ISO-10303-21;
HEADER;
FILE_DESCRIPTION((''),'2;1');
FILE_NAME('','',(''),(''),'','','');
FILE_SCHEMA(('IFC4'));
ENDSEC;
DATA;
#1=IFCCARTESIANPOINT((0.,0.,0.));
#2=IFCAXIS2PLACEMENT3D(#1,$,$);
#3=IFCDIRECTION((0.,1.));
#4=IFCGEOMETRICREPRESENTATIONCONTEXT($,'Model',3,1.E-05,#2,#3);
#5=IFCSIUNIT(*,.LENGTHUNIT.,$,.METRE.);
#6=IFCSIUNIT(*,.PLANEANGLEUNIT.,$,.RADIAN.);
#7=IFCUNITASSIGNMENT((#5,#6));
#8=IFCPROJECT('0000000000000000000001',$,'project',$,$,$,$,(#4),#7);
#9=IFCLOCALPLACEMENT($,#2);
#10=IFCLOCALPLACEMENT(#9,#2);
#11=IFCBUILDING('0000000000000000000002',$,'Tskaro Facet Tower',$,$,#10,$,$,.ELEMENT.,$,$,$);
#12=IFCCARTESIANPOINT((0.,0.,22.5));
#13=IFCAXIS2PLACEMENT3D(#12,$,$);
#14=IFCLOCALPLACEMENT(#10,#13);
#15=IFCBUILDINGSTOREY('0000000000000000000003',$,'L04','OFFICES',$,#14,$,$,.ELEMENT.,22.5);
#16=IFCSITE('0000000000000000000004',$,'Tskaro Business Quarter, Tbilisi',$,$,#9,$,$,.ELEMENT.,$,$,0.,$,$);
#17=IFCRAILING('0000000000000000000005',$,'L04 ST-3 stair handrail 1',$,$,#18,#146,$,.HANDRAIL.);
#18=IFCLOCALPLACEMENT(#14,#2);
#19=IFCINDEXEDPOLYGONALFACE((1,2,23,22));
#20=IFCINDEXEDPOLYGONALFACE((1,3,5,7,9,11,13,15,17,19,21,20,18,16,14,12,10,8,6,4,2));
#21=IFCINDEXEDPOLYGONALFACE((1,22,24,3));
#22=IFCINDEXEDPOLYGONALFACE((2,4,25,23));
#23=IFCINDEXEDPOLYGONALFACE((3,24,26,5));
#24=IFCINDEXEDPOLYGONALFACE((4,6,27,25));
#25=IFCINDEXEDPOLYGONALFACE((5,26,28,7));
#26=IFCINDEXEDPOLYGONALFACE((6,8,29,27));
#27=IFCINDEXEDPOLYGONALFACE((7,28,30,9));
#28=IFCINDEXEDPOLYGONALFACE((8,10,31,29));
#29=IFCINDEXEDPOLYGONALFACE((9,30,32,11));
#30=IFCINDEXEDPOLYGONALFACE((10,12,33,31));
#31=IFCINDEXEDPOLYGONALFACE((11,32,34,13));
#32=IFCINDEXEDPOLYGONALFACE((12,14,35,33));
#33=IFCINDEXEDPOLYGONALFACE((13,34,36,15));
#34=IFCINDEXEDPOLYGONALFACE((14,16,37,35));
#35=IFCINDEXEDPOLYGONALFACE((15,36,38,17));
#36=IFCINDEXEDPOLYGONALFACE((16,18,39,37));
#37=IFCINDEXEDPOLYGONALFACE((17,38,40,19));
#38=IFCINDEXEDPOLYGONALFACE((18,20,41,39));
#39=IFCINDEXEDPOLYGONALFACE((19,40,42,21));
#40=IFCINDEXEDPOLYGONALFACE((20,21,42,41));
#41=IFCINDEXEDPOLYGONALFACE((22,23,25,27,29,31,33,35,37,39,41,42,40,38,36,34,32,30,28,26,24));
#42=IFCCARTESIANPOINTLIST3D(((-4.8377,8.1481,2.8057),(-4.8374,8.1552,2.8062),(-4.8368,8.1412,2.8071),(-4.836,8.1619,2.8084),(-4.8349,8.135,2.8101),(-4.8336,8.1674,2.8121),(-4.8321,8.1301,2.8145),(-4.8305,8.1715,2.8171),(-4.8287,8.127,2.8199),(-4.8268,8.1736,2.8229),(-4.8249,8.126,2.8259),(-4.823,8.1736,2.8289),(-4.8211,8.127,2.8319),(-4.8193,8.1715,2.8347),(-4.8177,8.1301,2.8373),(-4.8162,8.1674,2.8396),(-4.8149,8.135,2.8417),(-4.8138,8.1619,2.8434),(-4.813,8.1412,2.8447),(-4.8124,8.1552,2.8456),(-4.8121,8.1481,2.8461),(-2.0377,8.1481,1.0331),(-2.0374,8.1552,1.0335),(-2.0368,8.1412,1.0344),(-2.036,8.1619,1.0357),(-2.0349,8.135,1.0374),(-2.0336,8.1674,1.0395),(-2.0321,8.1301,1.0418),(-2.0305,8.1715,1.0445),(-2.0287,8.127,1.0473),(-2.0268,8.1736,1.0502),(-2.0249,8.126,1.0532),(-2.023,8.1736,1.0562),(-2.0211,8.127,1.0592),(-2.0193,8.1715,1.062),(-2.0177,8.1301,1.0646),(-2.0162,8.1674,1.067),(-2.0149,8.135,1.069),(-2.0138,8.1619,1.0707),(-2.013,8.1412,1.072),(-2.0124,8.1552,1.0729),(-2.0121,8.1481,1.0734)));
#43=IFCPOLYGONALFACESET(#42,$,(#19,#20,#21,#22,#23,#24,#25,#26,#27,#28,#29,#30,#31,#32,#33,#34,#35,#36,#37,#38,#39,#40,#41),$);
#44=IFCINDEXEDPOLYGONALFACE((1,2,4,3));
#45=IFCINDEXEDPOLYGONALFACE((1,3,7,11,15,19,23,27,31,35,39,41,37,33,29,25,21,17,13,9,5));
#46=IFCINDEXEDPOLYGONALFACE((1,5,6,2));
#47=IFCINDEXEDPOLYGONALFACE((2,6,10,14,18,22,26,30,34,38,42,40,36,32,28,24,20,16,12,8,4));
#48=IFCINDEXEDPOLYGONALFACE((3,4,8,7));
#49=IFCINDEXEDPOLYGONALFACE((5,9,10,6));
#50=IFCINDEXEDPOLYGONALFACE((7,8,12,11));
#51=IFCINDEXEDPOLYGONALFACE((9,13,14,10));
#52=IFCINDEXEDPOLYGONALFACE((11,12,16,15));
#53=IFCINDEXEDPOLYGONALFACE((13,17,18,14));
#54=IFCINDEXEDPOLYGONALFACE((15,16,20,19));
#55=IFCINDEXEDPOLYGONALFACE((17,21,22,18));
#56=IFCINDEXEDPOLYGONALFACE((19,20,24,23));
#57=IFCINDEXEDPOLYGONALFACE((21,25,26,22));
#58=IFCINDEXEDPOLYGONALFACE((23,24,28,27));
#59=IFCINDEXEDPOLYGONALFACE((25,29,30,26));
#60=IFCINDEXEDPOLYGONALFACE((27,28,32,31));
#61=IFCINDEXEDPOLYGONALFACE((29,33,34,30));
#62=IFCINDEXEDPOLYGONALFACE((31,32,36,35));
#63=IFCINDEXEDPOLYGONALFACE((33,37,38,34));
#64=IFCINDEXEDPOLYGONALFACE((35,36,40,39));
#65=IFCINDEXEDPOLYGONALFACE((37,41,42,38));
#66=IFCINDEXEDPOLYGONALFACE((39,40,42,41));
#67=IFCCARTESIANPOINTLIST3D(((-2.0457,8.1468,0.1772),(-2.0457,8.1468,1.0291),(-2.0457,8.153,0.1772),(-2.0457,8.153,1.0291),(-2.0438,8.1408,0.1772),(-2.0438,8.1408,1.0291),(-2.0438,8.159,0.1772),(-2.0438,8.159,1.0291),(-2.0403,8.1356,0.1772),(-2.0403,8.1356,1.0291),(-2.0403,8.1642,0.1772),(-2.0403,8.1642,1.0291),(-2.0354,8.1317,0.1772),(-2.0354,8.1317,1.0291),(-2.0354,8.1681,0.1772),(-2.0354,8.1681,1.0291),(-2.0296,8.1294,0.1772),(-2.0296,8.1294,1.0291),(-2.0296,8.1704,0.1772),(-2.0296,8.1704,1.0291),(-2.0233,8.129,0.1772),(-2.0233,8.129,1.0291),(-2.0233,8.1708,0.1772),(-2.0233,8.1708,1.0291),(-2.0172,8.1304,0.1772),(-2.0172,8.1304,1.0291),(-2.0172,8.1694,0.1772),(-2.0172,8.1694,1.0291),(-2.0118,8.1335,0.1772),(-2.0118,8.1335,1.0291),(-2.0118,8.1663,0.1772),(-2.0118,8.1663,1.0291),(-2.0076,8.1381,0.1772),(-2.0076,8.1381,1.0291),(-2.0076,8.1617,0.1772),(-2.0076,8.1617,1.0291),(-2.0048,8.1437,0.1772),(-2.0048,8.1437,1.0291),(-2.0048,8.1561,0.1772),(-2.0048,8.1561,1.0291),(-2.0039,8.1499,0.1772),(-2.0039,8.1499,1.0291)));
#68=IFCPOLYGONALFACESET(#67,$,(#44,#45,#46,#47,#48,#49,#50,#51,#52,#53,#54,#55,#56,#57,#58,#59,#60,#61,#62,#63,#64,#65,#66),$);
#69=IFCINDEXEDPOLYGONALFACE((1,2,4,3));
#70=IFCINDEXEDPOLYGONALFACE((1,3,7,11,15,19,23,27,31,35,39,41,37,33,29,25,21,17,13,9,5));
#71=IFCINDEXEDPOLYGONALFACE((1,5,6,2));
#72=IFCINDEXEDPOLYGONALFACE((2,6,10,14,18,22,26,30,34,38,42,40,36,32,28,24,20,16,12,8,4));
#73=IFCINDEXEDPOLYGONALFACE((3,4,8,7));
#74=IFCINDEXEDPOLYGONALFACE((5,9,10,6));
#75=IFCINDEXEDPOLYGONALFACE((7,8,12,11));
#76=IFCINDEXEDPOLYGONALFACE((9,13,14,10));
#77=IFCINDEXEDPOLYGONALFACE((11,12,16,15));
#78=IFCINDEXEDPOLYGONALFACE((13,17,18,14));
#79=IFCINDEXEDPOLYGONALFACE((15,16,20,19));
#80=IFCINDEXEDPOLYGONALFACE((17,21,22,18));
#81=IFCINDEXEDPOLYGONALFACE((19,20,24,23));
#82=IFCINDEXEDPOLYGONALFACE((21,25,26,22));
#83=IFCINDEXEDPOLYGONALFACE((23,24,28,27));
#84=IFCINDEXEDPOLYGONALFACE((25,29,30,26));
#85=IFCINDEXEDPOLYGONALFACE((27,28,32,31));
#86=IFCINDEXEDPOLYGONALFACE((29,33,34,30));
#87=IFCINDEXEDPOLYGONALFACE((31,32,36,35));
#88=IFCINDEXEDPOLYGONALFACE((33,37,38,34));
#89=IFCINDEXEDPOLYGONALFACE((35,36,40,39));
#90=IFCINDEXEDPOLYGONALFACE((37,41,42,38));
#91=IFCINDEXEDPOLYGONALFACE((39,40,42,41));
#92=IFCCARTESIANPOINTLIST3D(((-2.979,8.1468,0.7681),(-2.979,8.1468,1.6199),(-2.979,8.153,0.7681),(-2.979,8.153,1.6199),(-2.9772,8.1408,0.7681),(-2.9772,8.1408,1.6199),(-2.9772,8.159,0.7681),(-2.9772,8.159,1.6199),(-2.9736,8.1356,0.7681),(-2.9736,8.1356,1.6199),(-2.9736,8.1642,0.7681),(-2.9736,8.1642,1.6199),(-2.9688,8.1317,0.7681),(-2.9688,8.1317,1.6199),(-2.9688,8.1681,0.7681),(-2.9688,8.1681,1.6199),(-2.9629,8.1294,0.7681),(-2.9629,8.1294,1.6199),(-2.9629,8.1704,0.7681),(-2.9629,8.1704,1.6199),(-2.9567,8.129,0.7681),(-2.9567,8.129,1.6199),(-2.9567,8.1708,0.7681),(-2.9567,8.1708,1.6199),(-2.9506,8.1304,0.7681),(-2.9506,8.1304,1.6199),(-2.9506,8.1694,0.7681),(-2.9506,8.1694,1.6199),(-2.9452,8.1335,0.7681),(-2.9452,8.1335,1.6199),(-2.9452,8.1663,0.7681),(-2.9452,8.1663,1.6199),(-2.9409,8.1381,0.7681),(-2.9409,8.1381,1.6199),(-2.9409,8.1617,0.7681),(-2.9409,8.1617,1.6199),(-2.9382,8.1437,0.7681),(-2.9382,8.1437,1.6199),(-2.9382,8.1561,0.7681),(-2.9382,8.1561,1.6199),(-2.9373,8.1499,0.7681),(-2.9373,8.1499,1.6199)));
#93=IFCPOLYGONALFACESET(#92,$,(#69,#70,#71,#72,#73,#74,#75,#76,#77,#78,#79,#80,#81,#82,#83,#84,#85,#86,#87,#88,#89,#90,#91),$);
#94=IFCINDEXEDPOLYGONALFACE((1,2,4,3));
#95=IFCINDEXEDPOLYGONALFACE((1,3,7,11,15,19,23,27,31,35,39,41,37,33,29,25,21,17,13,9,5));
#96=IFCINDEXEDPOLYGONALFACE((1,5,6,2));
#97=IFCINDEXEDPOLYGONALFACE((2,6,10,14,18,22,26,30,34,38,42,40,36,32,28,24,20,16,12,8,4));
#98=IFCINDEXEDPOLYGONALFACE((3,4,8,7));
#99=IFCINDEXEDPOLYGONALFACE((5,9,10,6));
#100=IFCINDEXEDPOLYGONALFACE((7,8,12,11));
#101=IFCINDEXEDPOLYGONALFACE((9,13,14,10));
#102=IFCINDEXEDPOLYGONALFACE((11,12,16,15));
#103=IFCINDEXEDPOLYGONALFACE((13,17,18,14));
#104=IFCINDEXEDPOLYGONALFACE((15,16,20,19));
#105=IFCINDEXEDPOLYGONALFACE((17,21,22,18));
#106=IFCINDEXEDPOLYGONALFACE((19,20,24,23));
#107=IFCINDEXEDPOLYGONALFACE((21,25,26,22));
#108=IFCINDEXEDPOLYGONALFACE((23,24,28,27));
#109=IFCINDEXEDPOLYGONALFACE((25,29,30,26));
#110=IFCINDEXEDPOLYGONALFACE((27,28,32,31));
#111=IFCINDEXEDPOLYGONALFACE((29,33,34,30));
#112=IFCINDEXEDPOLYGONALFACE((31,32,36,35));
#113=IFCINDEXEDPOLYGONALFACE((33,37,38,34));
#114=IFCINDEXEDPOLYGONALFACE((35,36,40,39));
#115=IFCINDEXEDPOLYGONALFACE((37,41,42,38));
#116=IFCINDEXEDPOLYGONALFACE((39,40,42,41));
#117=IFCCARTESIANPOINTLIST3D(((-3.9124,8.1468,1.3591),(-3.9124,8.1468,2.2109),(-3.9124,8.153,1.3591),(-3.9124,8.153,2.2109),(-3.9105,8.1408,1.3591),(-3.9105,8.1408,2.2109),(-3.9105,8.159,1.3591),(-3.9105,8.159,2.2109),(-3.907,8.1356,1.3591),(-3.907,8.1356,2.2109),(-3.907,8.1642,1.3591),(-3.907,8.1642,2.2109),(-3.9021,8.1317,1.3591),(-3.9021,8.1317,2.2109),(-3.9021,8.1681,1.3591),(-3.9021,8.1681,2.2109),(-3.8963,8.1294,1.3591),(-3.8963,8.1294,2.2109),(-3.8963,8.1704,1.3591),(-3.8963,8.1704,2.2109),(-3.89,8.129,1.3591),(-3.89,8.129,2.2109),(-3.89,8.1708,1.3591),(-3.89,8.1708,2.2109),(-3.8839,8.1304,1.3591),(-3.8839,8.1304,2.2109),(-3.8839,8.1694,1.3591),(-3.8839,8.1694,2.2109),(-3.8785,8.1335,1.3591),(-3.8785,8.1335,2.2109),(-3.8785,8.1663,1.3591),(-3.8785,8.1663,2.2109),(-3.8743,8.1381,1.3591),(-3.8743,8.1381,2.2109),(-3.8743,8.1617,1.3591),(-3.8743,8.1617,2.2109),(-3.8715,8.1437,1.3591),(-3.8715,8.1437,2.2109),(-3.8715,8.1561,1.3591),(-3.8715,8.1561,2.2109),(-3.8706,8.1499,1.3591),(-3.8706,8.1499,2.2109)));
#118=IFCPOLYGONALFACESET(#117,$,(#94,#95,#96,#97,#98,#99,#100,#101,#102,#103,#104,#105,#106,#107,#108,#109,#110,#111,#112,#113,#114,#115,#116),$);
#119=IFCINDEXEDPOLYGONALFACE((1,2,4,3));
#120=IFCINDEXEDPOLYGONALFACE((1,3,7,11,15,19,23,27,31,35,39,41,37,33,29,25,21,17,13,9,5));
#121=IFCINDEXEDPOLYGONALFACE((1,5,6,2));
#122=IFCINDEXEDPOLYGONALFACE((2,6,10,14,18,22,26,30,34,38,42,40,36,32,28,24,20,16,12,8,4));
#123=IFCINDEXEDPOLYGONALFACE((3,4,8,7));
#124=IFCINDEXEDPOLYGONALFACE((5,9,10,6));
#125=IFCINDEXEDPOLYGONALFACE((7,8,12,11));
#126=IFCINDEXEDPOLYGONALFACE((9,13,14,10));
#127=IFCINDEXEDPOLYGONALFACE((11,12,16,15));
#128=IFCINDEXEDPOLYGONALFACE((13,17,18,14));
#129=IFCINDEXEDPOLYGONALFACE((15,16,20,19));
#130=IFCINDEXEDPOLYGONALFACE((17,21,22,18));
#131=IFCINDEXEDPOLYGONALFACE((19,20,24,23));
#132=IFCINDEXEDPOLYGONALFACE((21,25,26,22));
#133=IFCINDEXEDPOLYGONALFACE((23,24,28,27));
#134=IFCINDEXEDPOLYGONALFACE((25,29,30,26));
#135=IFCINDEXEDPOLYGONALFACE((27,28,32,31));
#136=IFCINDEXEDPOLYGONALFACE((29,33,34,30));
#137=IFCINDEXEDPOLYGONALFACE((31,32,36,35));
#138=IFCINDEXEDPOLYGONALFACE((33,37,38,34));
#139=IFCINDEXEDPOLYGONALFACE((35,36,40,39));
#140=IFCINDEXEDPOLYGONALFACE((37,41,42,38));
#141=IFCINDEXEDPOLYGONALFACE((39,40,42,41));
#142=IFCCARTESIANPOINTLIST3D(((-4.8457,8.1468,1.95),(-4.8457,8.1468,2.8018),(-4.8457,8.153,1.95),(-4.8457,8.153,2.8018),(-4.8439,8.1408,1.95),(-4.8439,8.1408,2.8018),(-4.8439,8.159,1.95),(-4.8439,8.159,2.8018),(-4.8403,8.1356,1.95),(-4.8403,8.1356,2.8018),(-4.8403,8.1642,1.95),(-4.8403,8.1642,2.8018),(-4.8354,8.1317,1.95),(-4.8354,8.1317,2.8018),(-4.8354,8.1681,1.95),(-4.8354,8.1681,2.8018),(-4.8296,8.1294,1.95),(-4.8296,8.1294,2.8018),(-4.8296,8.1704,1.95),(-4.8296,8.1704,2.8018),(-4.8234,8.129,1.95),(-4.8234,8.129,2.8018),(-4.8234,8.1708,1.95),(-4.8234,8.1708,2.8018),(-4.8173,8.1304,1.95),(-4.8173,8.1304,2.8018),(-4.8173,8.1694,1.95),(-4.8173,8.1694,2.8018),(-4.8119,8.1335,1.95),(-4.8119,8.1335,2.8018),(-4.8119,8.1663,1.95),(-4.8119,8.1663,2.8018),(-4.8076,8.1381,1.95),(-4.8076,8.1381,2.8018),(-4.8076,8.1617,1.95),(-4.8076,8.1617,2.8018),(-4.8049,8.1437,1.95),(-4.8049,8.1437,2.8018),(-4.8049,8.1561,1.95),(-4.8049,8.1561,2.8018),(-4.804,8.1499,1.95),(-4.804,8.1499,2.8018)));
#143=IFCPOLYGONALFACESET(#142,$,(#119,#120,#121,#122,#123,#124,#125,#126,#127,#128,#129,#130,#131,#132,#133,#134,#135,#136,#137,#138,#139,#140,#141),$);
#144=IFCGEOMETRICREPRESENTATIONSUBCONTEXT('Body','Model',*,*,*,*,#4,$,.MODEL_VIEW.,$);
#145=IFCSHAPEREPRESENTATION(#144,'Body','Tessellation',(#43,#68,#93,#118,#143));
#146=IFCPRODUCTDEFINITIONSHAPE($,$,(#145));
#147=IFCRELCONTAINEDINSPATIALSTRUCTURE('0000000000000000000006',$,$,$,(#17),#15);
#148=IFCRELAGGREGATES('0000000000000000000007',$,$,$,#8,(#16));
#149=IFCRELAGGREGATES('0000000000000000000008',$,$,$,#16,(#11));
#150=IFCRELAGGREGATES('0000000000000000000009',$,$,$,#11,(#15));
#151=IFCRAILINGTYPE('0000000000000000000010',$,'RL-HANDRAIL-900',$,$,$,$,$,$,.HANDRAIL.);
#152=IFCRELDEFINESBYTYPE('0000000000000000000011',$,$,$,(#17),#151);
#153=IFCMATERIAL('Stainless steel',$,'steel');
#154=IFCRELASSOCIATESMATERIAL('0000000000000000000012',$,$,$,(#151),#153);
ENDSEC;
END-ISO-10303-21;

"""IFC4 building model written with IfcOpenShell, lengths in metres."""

from ifc_helpers import new_model, si_unit, direction, frame, origin, origin_2d, place, context, subcontext, project, spatial, circle, extrude, material, type_object, element, save


model = new_model("IFC4")

# Units and contexts
model_context = context("Model", 3, precision=1e-05, world=origin(), true_north=direction((0.0, 1.0)))
body_context = subcontext(model_context, "Body", "Model", "MODEL_VIEW")
ifc_project = project(units=[si_unit("LENGTHUNIT", "METRE"), si_unit("PLANEANGLEUNIT", "RADIAN")], contexts=[model_context])

# Site, building, storey
site_placement = place(None, origin())
site = spatial("IfcSite", under=ifc_project, at=site_placement, Name="Tskaro Business Quarter, Tbilisi", CompositionType="ELEMENT", RefElevation=0.0)
building_placement = place(site_placement, origin())
building = spatial("IfcBuilding", under=site, at=building_placement, Name="Tskaro Facet Tower", CompositionType="ELEMENT")
storey_placement = place(building_placement, frame((0.0, 0.0, 22.5)))
storey = spatial("IfcBuildingStorey", under=building, at=storey_placement, Name="L04", Description="OFFICES", CompositionType="ELEMENT", Elevation=22.5)

# Railing
ifc_material_1 = material(Name="Stainless steel", Category="steel")
railing_type_1 = type_object("IfcRailingType", Name="RL-HANDRAIL-900", PredefinedType="HANDRAIL", material=ifc_material_1)
railing_1_placement = place(storey_placement, frame((-2.0249, 8.1499, 0.1772)))
element("IfcRailing", 1, at=railing_1_placement, inside=storey, type_object=railing_type_1, Name="L04 ST-3 stair handrail 1", PredefinedType="HANDRAIL", context=body_context, shape_type="SweptSolid", body=[
    extrude(circle(Radius=0.0239, at=origin_2d()), frame((0.0, 0.0, 0.876), z_axis=(-0.844909, 0.0, 0.53491), x_axis=(0.0, -1.0, 0.0)), (0.0, 0.0, 1.0), 3.314),
    extrude(circle(Radius=0.021, at=origin_2d()), origin(), (0.0, 0.0, 1.0), 0.8518),
    extrude(circle(Radius=0.021, at=origin_2d()), frame((-0.9333, 0.0, 0.5908)), (0.0, 0.0, 1.0), 0.8518),
    extrude(circle(Radius=0.021, at=origin_2d()), frame((-1.8667, 0.0, 1.1819)), (0.0, 0.0, 1.0), 0.8518),
    extrude(circle(Radius=0.021, at=origin_2d()), frame((-2.8, 0.0, 1.7727)), (0.0, 0.0, 1.0), 0.8518),
])

save(model, "model.ifc")
